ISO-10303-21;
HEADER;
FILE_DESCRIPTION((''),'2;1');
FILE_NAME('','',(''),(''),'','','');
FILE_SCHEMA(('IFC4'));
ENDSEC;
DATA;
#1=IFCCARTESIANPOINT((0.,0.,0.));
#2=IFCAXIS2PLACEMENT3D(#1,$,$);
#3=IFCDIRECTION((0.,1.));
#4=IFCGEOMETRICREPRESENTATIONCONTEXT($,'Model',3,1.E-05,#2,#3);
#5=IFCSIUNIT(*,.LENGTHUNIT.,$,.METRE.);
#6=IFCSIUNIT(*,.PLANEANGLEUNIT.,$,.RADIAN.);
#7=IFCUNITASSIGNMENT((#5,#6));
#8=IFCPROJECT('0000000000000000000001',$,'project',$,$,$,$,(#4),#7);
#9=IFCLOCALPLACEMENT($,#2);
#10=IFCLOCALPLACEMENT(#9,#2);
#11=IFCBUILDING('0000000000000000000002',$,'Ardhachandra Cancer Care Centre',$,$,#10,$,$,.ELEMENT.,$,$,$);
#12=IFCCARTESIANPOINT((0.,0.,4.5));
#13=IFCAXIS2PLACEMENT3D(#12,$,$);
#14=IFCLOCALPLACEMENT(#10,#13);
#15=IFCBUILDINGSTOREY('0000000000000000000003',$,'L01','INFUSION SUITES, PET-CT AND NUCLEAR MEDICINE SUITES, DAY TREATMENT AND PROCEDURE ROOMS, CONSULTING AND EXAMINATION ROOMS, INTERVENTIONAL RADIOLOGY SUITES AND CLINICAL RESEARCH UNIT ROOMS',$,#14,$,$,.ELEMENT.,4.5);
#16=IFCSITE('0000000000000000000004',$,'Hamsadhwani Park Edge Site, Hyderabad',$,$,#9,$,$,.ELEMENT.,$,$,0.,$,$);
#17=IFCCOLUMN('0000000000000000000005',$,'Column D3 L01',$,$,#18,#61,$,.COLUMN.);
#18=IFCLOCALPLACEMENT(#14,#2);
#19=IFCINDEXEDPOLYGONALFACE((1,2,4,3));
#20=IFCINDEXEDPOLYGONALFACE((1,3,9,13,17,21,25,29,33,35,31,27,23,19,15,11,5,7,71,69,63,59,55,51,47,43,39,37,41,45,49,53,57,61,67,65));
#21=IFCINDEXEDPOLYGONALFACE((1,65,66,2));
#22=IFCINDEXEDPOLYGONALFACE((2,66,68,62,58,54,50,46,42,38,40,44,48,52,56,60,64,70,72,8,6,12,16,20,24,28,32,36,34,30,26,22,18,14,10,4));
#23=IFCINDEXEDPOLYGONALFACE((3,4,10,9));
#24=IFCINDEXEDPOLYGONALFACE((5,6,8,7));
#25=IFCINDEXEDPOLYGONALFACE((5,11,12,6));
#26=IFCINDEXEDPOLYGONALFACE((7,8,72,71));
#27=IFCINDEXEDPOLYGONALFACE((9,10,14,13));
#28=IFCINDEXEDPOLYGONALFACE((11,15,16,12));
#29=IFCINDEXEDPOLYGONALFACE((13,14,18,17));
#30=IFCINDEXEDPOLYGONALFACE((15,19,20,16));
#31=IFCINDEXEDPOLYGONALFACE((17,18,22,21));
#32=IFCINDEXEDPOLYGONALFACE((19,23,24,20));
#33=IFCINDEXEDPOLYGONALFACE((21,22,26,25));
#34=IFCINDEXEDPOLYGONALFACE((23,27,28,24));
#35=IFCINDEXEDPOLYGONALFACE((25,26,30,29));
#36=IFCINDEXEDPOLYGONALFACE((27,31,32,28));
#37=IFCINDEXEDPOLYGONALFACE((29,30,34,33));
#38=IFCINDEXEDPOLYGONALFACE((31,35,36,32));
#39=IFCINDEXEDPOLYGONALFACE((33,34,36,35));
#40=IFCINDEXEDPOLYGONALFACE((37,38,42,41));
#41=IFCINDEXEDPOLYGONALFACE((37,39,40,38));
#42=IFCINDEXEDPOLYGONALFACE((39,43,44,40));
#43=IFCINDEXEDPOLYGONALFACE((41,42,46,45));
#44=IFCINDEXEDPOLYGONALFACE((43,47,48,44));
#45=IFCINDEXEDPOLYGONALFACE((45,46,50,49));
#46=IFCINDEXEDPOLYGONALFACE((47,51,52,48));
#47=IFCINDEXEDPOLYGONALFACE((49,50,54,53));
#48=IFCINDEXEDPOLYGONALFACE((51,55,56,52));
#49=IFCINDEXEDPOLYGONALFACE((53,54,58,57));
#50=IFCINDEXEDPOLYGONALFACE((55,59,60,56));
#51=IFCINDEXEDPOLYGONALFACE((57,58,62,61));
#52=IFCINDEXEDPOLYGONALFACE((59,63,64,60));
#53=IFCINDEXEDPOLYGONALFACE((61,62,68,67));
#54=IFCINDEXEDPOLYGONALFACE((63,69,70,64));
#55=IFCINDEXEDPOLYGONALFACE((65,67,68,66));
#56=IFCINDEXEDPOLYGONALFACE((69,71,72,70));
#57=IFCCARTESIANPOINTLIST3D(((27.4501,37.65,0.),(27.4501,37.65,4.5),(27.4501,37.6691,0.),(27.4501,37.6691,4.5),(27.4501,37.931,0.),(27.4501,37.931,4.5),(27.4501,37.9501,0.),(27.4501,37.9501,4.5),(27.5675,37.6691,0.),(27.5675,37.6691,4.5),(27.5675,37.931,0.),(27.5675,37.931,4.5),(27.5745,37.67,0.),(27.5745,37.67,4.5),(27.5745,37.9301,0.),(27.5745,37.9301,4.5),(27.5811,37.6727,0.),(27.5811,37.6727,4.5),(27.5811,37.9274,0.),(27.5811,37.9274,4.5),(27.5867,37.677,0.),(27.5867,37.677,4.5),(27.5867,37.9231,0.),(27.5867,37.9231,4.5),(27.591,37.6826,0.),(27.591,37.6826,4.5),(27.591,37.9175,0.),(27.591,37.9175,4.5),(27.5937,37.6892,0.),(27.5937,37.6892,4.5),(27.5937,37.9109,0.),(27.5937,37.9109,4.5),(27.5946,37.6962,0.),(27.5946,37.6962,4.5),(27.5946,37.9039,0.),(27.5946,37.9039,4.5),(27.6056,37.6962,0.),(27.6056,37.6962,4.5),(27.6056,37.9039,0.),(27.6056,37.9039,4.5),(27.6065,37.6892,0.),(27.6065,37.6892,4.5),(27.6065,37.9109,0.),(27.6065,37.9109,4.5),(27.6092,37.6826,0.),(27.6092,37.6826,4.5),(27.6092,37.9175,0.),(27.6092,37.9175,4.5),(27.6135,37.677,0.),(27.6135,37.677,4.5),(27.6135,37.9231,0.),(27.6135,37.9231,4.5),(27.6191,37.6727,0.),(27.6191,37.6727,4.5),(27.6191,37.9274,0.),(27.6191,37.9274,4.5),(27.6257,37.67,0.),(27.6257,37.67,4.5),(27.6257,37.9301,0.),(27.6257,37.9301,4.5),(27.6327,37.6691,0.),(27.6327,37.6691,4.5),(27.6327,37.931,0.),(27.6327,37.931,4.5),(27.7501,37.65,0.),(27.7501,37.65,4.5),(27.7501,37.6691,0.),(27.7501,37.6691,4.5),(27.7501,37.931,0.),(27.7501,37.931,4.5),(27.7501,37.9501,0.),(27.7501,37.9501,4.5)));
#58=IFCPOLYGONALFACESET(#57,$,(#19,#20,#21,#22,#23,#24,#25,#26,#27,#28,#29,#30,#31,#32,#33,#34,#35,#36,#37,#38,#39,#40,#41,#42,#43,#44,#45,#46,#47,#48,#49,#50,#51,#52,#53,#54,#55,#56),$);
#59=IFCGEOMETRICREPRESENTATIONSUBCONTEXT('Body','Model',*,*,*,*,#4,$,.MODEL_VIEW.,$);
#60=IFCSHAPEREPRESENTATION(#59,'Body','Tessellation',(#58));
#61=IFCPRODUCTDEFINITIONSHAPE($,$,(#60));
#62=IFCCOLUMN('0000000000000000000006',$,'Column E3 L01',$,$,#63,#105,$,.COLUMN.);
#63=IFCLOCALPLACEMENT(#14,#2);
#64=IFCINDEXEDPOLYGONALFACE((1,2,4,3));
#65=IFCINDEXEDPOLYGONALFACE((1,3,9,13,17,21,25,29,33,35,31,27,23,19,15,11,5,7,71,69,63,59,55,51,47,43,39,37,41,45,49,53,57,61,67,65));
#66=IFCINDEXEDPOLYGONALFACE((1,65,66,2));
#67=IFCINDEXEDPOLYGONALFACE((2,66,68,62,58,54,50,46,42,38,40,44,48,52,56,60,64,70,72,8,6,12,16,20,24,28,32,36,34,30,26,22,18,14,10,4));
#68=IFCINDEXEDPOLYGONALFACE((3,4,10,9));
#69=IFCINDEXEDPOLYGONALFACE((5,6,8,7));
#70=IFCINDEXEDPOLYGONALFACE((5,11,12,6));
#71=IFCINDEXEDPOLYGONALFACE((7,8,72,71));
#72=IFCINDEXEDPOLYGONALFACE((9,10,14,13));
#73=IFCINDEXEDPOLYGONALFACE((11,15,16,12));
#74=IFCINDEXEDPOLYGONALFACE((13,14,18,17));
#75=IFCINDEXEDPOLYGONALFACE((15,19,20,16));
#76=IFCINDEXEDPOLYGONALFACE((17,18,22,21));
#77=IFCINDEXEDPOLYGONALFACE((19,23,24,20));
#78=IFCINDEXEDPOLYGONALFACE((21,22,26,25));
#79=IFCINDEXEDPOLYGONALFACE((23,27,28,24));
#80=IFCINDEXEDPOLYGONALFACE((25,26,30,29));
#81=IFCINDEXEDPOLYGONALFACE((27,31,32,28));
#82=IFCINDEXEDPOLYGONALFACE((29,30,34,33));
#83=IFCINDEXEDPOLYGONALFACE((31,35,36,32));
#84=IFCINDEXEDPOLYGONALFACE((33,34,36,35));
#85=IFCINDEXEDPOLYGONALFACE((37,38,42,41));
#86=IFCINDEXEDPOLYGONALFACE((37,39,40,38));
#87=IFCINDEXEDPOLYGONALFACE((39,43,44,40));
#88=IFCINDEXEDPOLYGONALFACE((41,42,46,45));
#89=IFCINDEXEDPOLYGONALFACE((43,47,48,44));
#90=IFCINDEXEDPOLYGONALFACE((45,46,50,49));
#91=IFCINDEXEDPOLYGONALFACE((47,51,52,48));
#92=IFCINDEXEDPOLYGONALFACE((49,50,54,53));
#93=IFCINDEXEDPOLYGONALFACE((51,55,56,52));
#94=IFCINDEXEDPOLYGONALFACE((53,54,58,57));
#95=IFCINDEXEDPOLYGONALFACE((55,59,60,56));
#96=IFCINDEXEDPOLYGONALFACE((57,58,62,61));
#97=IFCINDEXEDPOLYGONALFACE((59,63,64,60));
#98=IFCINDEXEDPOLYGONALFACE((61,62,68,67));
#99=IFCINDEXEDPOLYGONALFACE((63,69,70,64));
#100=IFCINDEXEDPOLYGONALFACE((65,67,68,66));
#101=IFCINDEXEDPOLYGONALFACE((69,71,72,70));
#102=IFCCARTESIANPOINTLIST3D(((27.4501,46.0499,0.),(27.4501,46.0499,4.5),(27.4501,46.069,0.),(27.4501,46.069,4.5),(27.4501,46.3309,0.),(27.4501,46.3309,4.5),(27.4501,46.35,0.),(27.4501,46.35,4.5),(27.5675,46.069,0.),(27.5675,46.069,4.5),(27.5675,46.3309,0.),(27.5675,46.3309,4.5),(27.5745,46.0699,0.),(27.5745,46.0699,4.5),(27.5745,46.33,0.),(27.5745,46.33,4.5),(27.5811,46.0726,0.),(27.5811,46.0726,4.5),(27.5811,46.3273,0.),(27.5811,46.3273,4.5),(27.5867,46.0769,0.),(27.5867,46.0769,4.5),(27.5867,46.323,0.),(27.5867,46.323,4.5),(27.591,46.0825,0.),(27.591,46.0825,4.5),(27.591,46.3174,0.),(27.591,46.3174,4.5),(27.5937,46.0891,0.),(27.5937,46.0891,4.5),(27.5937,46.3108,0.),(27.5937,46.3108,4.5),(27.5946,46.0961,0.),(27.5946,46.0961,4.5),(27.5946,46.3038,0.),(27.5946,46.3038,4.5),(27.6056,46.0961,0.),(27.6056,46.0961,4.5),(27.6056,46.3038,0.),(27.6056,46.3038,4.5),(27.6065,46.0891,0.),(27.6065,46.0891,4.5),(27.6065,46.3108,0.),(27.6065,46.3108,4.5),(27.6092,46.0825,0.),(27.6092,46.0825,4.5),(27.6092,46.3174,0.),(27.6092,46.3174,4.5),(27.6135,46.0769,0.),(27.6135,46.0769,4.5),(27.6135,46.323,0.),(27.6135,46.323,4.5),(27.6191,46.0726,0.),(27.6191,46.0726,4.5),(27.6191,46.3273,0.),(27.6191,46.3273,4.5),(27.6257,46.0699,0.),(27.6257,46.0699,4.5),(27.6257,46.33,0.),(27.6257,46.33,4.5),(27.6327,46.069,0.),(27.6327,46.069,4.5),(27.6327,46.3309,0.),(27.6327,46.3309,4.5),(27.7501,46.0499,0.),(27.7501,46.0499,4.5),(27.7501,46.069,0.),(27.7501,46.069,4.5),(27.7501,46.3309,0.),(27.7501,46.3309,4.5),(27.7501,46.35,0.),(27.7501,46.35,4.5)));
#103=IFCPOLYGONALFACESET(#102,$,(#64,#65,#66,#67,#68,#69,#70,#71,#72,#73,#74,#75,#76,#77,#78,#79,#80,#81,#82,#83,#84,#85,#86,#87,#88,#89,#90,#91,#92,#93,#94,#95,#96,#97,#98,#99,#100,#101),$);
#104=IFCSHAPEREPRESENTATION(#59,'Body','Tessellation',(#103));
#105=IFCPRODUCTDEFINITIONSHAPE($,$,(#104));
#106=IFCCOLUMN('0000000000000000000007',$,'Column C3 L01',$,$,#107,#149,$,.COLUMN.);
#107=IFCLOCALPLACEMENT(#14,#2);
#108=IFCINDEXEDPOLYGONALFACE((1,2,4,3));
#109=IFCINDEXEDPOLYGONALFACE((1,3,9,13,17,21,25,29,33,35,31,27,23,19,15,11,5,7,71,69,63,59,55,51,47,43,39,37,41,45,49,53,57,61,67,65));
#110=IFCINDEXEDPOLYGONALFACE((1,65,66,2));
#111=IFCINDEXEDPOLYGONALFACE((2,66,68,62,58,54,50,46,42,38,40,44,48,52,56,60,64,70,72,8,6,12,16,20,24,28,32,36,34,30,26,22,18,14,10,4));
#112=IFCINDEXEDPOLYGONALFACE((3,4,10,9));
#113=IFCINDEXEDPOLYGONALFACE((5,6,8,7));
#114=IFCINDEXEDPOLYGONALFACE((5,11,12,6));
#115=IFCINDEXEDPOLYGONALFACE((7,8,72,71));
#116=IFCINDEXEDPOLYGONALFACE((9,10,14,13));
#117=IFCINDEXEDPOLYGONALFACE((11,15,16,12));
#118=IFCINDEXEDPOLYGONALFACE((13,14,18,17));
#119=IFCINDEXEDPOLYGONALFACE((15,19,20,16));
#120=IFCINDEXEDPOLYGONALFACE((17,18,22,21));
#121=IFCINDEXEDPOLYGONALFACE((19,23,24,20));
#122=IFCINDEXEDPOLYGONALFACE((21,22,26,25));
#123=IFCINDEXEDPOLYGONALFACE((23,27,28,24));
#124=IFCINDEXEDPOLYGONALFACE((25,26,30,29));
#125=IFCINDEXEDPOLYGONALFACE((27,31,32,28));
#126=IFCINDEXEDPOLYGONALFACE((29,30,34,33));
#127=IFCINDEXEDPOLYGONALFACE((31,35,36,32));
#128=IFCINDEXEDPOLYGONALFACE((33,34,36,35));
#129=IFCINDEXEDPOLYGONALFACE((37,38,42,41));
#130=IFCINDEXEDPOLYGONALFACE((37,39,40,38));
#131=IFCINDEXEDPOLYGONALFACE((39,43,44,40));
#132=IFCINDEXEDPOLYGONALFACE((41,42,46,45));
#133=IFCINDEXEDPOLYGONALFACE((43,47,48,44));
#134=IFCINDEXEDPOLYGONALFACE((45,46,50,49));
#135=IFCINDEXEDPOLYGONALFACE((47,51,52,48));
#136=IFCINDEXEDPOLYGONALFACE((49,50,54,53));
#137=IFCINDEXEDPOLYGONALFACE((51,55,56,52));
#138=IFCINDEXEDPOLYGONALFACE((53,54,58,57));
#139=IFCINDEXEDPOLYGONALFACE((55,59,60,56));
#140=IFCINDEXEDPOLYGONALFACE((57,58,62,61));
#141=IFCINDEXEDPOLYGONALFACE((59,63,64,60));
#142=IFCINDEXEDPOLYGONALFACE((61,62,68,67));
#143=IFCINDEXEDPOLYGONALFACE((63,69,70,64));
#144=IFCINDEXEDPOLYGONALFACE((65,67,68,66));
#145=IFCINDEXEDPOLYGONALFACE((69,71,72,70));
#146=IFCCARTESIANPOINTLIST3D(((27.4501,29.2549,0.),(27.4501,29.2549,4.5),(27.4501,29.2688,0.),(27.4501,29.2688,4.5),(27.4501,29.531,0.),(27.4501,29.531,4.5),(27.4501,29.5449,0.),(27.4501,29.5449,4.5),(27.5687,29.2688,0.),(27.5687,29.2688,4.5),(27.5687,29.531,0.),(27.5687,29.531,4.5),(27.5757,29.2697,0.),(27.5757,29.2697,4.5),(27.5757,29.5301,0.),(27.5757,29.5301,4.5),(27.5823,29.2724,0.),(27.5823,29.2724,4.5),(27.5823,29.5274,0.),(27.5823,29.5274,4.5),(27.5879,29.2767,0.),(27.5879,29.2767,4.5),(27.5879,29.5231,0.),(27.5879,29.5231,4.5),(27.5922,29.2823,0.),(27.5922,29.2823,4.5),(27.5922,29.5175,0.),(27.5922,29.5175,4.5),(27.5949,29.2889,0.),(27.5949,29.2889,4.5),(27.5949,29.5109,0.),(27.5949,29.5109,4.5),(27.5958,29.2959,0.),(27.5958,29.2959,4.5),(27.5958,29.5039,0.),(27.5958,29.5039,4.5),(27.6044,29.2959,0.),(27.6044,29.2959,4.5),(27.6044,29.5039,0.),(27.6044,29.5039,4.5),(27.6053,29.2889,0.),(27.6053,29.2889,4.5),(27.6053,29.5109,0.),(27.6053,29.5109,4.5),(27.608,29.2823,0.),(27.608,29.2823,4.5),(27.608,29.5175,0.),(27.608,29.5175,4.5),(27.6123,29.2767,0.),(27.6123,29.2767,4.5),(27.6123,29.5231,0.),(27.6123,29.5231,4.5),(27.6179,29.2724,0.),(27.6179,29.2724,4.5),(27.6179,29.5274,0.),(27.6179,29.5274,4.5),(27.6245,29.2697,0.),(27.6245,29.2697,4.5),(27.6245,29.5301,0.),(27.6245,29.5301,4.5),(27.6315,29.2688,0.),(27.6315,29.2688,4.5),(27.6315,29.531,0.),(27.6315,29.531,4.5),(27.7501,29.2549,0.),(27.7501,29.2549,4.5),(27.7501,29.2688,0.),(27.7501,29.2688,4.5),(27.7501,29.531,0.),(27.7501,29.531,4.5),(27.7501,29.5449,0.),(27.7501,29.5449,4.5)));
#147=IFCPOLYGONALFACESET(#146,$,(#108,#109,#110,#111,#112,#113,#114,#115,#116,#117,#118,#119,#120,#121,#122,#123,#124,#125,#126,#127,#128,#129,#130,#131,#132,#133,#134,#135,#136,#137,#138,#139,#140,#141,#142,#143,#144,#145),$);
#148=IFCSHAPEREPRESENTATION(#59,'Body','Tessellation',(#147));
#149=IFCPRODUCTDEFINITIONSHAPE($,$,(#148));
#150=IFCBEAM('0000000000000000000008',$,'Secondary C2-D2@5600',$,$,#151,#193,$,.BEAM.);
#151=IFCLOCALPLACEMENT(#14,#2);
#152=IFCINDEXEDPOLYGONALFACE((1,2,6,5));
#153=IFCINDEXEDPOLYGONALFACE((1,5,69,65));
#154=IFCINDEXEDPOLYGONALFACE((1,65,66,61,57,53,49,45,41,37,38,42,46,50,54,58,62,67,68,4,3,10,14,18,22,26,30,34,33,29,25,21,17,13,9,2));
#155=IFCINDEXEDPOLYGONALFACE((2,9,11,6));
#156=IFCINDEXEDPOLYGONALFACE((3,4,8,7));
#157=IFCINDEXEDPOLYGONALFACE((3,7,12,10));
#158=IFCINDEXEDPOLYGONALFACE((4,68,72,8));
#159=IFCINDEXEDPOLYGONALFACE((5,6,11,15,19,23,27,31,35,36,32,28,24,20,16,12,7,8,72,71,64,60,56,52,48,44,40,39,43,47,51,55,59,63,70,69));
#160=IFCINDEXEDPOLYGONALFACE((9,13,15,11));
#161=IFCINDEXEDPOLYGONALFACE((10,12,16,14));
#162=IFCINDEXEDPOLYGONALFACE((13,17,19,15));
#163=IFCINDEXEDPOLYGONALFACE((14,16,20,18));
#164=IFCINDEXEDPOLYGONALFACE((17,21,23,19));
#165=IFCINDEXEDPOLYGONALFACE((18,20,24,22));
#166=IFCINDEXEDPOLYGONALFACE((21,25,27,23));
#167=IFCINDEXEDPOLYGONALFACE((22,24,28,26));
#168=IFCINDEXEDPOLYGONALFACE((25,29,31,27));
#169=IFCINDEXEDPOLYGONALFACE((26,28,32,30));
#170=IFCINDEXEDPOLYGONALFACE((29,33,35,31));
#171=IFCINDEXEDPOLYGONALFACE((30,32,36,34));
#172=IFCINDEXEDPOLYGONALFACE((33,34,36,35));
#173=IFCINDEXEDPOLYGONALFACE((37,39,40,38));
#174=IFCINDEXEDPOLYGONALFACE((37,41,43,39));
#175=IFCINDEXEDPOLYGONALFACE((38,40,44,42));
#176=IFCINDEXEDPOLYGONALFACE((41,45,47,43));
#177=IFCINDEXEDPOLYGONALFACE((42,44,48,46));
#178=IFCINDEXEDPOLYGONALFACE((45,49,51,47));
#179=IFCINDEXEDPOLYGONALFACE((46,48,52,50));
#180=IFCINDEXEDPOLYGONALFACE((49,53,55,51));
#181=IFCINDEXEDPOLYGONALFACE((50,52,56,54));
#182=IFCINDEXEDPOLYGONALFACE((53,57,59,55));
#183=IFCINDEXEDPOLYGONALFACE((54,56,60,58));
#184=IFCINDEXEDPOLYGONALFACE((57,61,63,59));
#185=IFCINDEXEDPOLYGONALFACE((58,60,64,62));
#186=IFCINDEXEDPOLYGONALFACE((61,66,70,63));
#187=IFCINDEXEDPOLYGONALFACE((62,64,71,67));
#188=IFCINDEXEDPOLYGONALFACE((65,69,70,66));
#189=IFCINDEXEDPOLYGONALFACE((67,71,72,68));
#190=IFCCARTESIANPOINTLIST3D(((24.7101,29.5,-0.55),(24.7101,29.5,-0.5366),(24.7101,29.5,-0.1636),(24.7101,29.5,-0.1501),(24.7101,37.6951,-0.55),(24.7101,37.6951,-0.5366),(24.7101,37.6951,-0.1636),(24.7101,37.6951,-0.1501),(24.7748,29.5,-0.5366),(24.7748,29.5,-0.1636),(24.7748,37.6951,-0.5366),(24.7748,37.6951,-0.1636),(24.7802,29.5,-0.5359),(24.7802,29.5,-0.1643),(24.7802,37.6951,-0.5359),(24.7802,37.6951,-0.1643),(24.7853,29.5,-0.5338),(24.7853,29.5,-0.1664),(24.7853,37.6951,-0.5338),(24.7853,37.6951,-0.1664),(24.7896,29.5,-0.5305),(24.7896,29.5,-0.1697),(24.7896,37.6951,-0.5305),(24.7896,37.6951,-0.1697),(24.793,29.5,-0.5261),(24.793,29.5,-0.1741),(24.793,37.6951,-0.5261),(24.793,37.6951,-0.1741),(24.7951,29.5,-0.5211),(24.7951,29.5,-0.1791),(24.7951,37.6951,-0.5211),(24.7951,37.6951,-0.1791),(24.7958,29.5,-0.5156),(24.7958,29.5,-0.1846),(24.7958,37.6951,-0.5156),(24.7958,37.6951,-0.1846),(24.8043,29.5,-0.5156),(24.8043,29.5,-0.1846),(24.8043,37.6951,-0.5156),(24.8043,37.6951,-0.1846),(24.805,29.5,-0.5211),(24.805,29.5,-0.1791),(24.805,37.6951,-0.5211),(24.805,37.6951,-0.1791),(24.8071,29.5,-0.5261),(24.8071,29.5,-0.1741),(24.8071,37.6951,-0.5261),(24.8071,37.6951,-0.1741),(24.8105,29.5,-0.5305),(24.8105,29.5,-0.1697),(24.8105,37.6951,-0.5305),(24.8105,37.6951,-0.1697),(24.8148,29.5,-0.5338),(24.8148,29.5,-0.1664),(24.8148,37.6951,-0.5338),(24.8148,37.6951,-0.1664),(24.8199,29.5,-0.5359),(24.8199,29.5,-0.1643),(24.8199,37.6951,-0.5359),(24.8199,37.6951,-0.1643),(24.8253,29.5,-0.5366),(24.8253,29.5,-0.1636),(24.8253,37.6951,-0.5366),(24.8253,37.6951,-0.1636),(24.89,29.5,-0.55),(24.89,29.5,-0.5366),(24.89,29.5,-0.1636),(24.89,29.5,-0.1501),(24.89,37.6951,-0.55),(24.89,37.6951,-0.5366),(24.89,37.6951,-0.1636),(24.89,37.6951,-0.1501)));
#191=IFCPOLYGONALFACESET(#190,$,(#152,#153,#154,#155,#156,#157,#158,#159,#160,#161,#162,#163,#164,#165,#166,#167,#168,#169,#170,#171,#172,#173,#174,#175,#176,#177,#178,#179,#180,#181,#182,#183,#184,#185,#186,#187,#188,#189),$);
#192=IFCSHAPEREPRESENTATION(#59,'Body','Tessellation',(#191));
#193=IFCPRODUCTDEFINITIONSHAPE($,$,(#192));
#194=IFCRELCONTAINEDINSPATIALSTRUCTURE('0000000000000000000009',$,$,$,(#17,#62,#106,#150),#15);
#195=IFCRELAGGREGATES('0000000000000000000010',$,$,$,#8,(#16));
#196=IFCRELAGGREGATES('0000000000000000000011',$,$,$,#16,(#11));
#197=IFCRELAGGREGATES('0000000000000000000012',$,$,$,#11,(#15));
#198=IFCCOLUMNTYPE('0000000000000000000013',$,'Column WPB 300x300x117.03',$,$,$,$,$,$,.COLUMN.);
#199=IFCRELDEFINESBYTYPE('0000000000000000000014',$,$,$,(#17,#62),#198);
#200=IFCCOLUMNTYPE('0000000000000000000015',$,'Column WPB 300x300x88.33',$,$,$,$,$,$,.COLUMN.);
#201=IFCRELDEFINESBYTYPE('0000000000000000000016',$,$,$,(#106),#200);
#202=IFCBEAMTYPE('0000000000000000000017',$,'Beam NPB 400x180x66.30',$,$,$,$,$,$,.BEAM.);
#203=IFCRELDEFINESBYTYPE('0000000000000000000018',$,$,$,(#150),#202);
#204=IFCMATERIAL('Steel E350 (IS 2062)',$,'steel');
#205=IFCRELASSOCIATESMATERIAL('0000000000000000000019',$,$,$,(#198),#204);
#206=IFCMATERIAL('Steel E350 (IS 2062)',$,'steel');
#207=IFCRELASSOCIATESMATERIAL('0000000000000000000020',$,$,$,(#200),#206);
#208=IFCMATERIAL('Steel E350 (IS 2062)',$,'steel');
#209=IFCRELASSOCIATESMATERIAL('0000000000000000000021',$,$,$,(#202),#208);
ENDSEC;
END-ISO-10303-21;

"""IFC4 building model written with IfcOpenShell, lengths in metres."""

from ifc_helpers import new_model, si_unit, direction, frame, origin, origin_2d, place, context, subcontext, project, spatial, i_section, extrude, material, material_profile, profile_set, type_object, element, save


model = new_model("IFC4")

# Units and contexts
model_context = context("Model", 3, precision=1e-05, world=origin(), true_north=direction((0.0, 1.0)))
body_context = subcontext(model_context, "Body", "Model", "MODEL_VIEW")
ifc_project = project(units=[si_unit("LENGTHUNIT", "METRE"), si_unit("PLANEANGLEUNIT", "RADIAN")], contexts=[model_context])

# Site, building, storey
site_placement = place(None, origin())
site = spatial("IfcSite", under=ifc_project, at=site_placement, Name="Hamsadhwani Park Edge Site, Hyderabad", CompositionType="ELEMENT", RefElevation=0.0)
building_placement = place(site_placement, origin())
building = spatial("IfcBuilding", under=site, at=building_placement, Name="Ardhachandra Cancer Care Centre", CompositionType="ELEMENT")
storey_placement = place(building_placement, frame((0.0, 0.0, 4.5)))
storey = spatial("IfcBuildingStorey", under=building, at=storey_placement, Name="L01", Description="INFUSION SUITES, PET-CT AND NUCLEAR MEDICINE SUITES, DAY TREATMENT AND PROCEDURE ROOMS, CONSULTING AND EXAMINATION ROOMS, INTERVENTIONAL RADIOLOGY SUITES AND CLINICAL RESEARCH UNIT ROOMS", CompositionType="ELEMENT", Elevation=4.5)

# Columns
ifc_material_1 = material(Name="Steel E350 (IS 2062)", Category="steel")
ifc_material_profile_1 = material_profile(ifc_material_1, i_section(OverallWidth=0.3, OverallDepth=0.3, WebThickness=0.011, FlangeThickness=0.019, FilletRadius=0.0271, at=origin_2d()), Name="WPB 300x300x117.03")
ifc_profile_set_1 = profile_set([ifc_material_profile_1], Name="Steel E350 (IS 2062)")
column_type_1 = type_object("IfcColumnType", Name="Column WPB 300x300x117.03", PredefinedType="COLUMN", material=ifc_profile_set_1)
for number, where, z_axis, x_axis, name in (
    (1, (27.6001, 37.8, 0.0), (0.0, 0.0, 1.0), (1.0, 0.0, 0.0), "Column D3 L01"),
    (2, (27.6001, 46.2, 0.0), (0.0, 0.0, 1.0), (1.0, 0.0, 0.0), "Column E3 L01"),
):
    element("IfcColumn", number, at=place(storey_placement, frame(where, z_axis=z_axis, x_axis=x_axis)), inside=storey, type_object=column_type_1, Name=name, PredefinedType="COLUMN", context=body_context, shape_type="SweptSolid", body=[
        extrude(i_section(OverallWidth=0.3, OverallDepth=0.3, WebThickness=0.011, FlangeThickness=0.019, FilletRadius=0.0271, at=origin_2d()), origin(), (0.0, 0.0, 1.0), 4.5),
    ])
ifc_material_2 = material(Name="Steel E350 (IS 2062)", Category="steel")
ifc_material_profile_2 = material_profile(ifc_material_2, i_section(OverallWidth=0.3, OverallDepth=0.29, WebThickness=0.0085, FlangeThickness=0.0139, FilletRadius=0.0271, at=origin_2d()), Name="WPB 300x300x88.33")
ifc_profile_set_2 = profile_set([ifc_material_profile_2], Name="Steel E350 (IS 2062)")
column_type_2 = type_object("IfcColumnType", Name="Column WPB 300x300x88.33", PredefinedType="COLUMN", material=ifc_profile_set_2)
column_placement = place(storey_placement, frame((27.6001, 29.3999, 0.0), z_axis=(0.0, 0.0, 1.0), x_axis=(1.0, 0.0, 0.0)))
element("IfcColumn", 3, at=column_placement, inside=storey, type_object=column_type_2, Name="Column C3 L01", PredefinedType="COLUMN", context=body_context, shape_type="SweptSolid", body=[
    extrude(i_section(OverallWidth=0.3, OverallDepth=0.29, WebThickness=0.0085, FlangeThickness=0.0139, FilletRadius=0.0271, at=origin_2d()), origin(), (0.0, 0.0, 1.0), 4.5),
])

# Beam
ifc_material_3 = material(Name="Steel E350 (IS 2062)", Category="steel")
ifc_material_profile_3 = material_profile(ifc_material_3, i_section(OverallWidth=0.1799, OverallDepth=0.3999, WebThickness=0.0085, FlangeThickness=0.0134, FilletRadius=0.021, at=origin_2d()), Name="NPB 400x180x66.30")
ifc_profile_set_3 = profile_set([ifc_material_profile_3], Name="Steel E350 (IS 2062)")
beam_type_1 = type_object("IfcBeamType", Name="Beam NPB 400x180x66.30", PredefinedType="BEAM", material=ifc_profile_set_3)
beam_1_placement = place(storey_placement, frame((24.8, 29.5, -0.3501), z_axis=(0.0, 1.0, 0.0), x_axis=(-1.0, 0.0, 0.0)))
element("IfcBeam", 4, at=beam_1_placement, inside=storey, type_object=beam_type_1, Name="Secondary C2-D2@5600", PredefinedType="BEAM", context=body_context, shape_type="SweptSolid", body=[
    extrude(i_section(OverallWidth=0.1799, OverallDepth=0.3999, WebThickness=0.0085, FlangeThickness=0.0134, FilletRadius=0.021, at=origin_2d()), origin(), (0.0, 0.0, 1.0), 8.1951),
])

save(model, "model.ifc")
